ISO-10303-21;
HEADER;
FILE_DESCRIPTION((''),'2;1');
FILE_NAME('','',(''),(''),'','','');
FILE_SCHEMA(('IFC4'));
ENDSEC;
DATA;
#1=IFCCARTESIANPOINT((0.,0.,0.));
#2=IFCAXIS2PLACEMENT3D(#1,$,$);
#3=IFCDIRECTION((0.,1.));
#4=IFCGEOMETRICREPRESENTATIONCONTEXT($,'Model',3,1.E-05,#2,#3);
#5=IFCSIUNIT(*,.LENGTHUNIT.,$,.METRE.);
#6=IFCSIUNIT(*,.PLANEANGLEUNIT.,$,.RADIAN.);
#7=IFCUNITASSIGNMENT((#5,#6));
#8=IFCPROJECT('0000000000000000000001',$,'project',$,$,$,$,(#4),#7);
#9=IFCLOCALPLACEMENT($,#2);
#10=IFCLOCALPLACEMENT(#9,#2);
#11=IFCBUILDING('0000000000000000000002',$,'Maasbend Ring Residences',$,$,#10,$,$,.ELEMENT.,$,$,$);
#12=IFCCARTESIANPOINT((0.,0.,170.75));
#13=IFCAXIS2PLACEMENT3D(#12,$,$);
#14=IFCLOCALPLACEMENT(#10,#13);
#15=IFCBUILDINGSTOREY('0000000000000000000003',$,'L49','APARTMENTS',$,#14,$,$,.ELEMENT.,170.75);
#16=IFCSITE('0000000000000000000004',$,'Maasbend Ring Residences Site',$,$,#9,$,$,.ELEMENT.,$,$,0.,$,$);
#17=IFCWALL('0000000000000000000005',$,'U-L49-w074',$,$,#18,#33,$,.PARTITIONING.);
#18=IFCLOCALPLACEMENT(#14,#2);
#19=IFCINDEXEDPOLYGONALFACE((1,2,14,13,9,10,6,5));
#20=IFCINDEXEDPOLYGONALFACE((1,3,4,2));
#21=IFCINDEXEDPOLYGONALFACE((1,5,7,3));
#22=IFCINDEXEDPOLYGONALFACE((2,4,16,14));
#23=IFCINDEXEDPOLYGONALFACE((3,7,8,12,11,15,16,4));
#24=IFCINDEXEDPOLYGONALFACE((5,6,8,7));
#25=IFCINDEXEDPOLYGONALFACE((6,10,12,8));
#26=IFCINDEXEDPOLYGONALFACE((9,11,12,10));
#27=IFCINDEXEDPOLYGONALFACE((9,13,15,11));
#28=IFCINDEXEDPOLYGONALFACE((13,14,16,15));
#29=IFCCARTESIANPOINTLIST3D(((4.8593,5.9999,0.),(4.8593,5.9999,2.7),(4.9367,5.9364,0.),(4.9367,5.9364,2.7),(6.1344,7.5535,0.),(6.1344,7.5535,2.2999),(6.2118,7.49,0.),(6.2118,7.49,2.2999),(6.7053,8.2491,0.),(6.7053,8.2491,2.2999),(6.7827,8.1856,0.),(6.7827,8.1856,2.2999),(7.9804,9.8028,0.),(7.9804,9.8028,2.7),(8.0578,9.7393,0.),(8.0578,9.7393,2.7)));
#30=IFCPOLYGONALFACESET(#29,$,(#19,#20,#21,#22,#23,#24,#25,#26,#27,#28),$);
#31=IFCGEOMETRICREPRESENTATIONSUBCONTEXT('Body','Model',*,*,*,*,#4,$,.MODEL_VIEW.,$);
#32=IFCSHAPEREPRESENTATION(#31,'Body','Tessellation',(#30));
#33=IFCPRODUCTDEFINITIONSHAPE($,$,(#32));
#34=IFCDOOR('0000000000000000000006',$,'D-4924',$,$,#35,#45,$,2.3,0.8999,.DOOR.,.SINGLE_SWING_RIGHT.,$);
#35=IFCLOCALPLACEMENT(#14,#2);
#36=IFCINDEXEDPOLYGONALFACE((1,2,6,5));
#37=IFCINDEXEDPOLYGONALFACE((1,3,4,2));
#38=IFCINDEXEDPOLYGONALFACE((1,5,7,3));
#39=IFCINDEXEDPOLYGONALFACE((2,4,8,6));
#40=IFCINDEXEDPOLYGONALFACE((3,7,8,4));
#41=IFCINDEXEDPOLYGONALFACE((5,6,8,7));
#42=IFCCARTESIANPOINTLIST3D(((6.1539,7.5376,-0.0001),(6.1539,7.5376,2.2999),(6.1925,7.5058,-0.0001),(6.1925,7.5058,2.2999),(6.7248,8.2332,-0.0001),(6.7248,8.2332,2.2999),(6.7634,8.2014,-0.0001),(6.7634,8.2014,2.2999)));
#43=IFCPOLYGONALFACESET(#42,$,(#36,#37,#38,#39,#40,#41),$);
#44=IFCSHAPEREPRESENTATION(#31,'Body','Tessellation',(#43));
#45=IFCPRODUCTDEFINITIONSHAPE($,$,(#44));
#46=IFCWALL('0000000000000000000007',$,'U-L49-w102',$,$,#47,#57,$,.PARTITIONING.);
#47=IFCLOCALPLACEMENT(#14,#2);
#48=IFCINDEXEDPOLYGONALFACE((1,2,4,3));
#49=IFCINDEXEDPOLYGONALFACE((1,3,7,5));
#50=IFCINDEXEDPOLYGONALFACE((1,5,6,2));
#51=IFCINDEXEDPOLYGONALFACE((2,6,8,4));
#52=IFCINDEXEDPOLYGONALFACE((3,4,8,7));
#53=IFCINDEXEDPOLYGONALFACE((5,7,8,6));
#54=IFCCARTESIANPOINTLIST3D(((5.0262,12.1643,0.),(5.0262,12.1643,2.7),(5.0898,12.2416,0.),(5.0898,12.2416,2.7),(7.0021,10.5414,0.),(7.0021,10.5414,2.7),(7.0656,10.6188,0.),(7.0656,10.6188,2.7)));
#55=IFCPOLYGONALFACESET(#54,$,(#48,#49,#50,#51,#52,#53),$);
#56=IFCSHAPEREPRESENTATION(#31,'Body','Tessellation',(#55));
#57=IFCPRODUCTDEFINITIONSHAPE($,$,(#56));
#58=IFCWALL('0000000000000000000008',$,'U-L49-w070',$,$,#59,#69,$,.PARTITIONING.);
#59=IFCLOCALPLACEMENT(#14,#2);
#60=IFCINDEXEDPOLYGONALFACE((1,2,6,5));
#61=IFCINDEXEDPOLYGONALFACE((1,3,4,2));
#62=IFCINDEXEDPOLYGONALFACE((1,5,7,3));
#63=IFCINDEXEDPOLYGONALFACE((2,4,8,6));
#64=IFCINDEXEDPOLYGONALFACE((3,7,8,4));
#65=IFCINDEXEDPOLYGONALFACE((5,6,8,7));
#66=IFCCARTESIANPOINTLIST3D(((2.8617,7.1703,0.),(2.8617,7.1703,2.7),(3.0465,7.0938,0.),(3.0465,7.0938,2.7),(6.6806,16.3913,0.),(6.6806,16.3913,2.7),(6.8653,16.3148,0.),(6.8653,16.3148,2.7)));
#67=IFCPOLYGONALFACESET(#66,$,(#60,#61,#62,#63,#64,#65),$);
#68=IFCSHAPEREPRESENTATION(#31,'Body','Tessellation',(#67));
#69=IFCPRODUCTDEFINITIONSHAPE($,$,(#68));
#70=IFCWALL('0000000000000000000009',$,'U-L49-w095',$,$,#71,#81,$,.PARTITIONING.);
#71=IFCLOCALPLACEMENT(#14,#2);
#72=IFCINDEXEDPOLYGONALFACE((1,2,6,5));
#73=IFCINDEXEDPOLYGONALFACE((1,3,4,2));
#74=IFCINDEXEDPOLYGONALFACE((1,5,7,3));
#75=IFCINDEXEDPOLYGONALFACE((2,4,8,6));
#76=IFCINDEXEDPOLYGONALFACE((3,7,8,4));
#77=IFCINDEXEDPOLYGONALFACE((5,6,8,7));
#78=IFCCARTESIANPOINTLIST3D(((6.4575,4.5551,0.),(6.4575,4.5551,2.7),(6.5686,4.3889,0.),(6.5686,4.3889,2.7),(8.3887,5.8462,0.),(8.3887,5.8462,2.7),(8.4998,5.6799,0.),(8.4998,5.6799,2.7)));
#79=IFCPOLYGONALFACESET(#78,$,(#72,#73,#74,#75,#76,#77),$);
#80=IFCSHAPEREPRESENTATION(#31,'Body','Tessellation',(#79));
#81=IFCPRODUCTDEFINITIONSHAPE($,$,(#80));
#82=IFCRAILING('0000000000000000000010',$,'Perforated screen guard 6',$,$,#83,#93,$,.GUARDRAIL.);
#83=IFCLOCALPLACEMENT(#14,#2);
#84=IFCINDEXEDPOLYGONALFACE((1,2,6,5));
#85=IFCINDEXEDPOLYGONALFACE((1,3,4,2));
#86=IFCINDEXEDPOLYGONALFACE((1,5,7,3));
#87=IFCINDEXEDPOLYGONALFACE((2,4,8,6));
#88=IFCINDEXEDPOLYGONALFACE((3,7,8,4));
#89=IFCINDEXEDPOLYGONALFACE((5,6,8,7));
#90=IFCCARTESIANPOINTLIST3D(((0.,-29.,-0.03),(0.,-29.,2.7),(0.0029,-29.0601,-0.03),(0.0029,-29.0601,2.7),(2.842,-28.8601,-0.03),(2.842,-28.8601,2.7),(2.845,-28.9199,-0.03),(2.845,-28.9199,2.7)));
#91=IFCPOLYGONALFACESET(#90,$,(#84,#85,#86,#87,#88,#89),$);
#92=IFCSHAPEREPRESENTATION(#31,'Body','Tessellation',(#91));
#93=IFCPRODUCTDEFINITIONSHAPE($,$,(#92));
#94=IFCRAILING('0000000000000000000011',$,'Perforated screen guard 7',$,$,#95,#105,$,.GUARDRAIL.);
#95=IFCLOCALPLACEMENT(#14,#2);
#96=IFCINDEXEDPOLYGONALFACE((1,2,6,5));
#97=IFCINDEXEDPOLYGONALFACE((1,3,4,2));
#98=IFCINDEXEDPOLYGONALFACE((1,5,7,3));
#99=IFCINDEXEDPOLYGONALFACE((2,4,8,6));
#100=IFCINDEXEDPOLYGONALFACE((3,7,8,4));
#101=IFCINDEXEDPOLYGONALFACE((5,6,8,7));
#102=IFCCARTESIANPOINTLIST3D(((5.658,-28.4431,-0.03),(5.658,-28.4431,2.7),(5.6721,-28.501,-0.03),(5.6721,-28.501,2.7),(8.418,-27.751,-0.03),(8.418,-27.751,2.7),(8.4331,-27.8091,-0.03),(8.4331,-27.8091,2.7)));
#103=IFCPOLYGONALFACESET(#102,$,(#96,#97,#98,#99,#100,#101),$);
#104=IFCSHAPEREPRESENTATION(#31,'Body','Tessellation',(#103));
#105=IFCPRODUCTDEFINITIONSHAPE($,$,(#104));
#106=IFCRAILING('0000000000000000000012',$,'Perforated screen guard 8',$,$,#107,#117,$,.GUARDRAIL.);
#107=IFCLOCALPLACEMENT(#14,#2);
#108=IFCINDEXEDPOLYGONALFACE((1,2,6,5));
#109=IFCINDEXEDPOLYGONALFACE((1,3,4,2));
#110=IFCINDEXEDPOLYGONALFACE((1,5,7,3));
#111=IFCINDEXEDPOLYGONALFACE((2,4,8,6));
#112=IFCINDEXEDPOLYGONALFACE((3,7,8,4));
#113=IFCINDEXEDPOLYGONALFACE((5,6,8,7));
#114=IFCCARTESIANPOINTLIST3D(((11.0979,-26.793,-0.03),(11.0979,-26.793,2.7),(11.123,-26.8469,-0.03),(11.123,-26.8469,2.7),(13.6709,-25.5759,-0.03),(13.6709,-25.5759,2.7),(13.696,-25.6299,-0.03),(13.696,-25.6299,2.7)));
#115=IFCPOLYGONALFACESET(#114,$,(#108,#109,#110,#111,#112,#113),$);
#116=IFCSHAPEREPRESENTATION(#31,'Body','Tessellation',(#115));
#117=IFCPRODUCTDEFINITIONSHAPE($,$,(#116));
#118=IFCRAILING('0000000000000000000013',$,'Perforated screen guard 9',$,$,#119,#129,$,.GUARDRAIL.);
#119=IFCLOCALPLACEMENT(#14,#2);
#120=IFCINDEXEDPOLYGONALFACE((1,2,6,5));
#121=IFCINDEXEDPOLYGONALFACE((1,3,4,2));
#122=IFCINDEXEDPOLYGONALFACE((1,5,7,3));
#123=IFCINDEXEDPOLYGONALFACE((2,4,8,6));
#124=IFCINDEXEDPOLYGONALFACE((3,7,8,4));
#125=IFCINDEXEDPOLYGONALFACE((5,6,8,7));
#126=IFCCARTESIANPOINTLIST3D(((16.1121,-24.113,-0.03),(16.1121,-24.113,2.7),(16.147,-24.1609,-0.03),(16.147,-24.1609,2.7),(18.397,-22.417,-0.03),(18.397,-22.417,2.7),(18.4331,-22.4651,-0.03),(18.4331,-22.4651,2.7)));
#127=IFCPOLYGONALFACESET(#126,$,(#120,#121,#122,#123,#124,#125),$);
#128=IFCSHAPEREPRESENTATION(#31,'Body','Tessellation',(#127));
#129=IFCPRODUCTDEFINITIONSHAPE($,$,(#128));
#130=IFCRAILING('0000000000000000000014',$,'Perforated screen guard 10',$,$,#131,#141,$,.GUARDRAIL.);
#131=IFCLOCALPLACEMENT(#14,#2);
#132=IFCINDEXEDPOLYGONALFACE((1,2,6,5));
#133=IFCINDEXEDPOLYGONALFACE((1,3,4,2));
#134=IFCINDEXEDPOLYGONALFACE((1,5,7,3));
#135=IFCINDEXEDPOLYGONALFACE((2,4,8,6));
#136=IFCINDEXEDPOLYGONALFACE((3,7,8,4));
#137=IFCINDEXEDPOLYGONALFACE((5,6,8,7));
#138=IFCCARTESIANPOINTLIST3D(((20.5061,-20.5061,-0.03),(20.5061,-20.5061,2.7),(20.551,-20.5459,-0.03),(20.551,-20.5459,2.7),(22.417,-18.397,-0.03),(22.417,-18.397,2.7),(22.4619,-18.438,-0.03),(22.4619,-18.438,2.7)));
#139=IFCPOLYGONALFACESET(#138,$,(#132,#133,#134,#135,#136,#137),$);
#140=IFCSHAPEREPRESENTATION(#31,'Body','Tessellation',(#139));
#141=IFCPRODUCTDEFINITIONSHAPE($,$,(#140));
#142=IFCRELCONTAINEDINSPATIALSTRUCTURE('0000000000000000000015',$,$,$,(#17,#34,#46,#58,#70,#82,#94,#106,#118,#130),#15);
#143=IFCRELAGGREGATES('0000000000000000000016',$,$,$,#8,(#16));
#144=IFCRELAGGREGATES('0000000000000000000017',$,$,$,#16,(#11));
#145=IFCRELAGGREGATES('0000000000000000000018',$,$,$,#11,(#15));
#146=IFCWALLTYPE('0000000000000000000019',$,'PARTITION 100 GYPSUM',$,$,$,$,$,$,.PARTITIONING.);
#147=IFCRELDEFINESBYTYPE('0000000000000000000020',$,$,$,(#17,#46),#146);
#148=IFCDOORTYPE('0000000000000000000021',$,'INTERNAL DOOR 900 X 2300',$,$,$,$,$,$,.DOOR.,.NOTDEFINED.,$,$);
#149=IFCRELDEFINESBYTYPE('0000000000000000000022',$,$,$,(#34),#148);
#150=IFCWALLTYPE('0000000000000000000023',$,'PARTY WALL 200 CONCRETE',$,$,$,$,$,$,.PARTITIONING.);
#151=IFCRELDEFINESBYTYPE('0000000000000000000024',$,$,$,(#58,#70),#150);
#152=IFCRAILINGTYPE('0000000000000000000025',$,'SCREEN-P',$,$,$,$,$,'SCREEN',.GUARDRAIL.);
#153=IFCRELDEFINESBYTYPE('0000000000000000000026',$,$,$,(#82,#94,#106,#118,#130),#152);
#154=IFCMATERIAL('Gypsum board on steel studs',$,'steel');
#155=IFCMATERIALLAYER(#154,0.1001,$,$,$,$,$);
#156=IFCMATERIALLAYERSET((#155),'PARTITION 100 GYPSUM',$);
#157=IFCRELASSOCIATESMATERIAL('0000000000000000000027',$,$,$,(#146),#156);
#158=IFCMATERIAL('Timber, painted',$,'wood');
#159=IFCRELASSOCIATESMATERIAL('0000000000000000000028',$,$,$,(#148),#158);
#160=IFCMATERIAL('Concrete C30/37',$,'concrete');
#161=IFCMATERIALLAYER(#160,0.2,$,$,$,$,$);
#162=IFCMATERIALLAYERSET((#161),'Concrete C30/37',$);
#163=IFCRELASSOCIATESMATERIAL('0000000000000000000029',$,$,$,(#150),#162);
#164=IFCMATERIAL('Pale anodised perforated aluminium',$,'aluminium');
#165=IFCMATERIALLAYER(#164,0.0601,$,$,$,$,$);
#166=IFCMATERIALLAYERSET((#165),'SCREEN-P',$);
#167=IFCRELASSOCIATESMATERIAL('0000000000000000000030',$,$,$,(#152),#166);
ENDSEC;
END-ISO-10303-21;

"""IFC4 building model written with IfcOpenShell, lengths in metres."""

from ifc_helpers import new_model, si_unit, direction, frame, frame_2d, origin, place, context, subcontext, project, spatial, polyline, rectangle, outline, extrude, material, layer, layer_set, type_object, element, fill, save


model = new_model("IFC4")

# Units and contexts
model_context = context("Model", 3, precision=1e-05, world=origin(), true_north=direction((0.0, 1.0)))
body_context = subcontext(model_context, "Body", "Model", "MODEL_VIEW")
ifc_project = project(units=[si_unit("LENGTHUNIT", "METRE"), si_unit("PLANEANGLEUNIT", "RADIAN")], contexts=[model_context])

# Site, building, storey
site_placement = place(None, origin())
site = spatial("IfcSite", under=ifc_project, at=site_placement, Name="Maasbend Ring Residences Site", CompositionType="ELEMENT", RefElevation=0.0)
building_placement = place(site_placement, origin())
building = spatial("IfcBuilding", under=site, at=building_placement, Name="Maasbend Ring Residences", CompositionType="ELEMENT")
storey_placement = place(building_placement, frame((0.0, 0.0, 170.75)))
storey = spatial("IfcBuildingStorey", under=building, at=storey_placement, Name="L49", Description="APARTMENTS", CompositionType="ELEMENT", Elevation=170.75)

# Shared definitions
ifc_material_1 = material(Name="Gypsum board on steel studs", Category="steel")
ifc_layer_1 = layer(ifc_material_1, 0.1001)
ifc_layer_set_1 = layer_set([ifc_layer_1], Name="PARTITION 100 GYPSUM")
wall_type_1 = type_object("IfcWallType", Name="PARTITION 100 GYPSUM", PredefinedType="PARTITIONING", material=ifc_layer_set_1)
ifc_material_2 = material(Name="Timber, painted", Category="wood")
door_type = type_object("IfcDoorType", Name="INTERNAL DOOR 900 X 2300", OperationType="NOTDEFINED", PredefinedType="DOOR", material=ifc_material_2)

# Wall, opening, door
wall_1_placement = place(storey_placement, frame((4.8979, 5.968, 0.0), z_axis=(0.0, 0.0, 1.0), x_axis=(0.634402, 0.773003, 0.0)))
wall_1 = element("IfcWall", 1, at=wall_1_placement, inside=storey, type_object=wall_type_1, Name="U-L49-w074", PredefinedType="PARTITIONING", context=body_context, shape_type="SweptSolid", body=[
    extrude(rectangle(XDim=4.9197, YDim=0.1001, at=frame_2d((2.46, 0.0))), origin(), (0.0, 0.0, 1.0), 2.7),
])
opening_1_placement = place(wall_1_placement, frame((2.01, 0.0, 0.0)))
opening_1 = element("IfcOpeningElement", 2, at=opening_1_placement, cuts=wall_1, PredefinedType="OPENING", context=body_context, shape_type="SweptSolid", body=[
    extrude(rectangle(XDim=0.8999, YDim=2.3, at=frame_2d((0.45, 1.1499))), frame((0.0, 0.0601, 0.0), z_axis=(0.0, -1.0, 0.0), x_axis=(1.0, 0.0, 0.0)), (0.0, 0.0, 1.0), 0.1201),
])
door_1_placement = place(opening_1_placement, origin())
door_1 = element("IfcDoor", 3, at=door_1_placement, inside=storey, type_object=door_type, Name="D-4924", OperationType="SINGLE_SWING_RIGHT", OverallHeight=2.3, OverallWidth=0.8999, PredefinedType="DOOR", context=body_context, shape_type="SweptSolid", body=[
    extrude(rectangle(XDim=0.8999, YDim=2.3, at=frame_2d((0.45, 1.1499))), frame((0.0, 0.0249, 0.0), z_axis=(0.0, -1.0, 0.0), x_axis=(1.0, 0.0, 0.0)), (0.0, 0.0, 1.0), 0.05),
])
fill(opening_1, door_1)

# Walls
wall_2_placement = place(storey_placement, frame((5.0581, 12.2029, 0.0), z_axis=(0.0, 0.0, 1.0), x_axis=(0.772765, -0.634693, 0.0)))
element("IfcWall", 4, at=wall_2_placement, inside=storey, type_object=wall_type_1, Name="U-L49-w102", PredefinedType="PARTITIONING", context=body_context, shape_type="SweptSolid", body=[
    extrude(rectangle(XDim=2.5569, YDim=0.1001, at=frame_2d((1.2783, 0.0))), origin(), (0.0, 0.0, 1.0), 2.7),
])
ifc_material_3 = material(Name="Concrete C30/37", Category="concrete")
ifc_layer_2 = layer(ifc_material_3, 0.2)
ifc_layer_set_2 = layer_set([ifc_layer_2], Name="Concrete C30/37")
wall_type_2 = type_object("IfcWallType", Name="PARTY WALL 200 CONCRETE", PredefinedType="PARTITIONING", material=ifc_layer_set_2)
wall_3_placement = place(storey_placement, frame((2.9541, 7.1321, 0.0), z_axis=(0.0, 0.0, 1.0), x_axis=(0.382633, 0.923901, 0.0)))
element("IfcWall", 5, at=wall_3_placement, inside=storey, type_object=wall_type_2, Name="U-L49-w070", PredefinedType="PARTITIONING", context=body_context, shape_type="SweptSolid", body=[
    extrude(rectangle(XDim=9.9805, YDim=0.2, at=frame_2d((4.9902, 0.0))), origin(), (0.0, 0.0, 1.0), 2.7),
])
wall_4_placement = place(storey_placement, frame((6.5129, 4.4719, 0.0), z_axis=(0.0, 0.0, 1.0), x_axis=(0.831338, 0.555767, 0.0)))
element("IfcWall", 6, at=wall_4_placement, inside=storey, type_object=wall_type_2, Name="U-L49-w095", PredefinedType="PARTITIONING", context=body_context, shape_type="SweptSolid", body=[
    extrude(rectangle(XDim=2.323, YDim=0.2, at=frame_2d((1.1616, 0.0))), origin(), (0.0, 0.0, 1.0), 2.7),
])

# Railings
ifc_material_4 = material(Name="Pale anodised perforated aluminium", Category="aluminium")
ifc_layer_3 = layer(ifc_material_4, 0.0601)
ifc_layer_set_3 = layer_set([ifc_layer_3], Name="SCREEN-P")
railing_type = type_object("IfcRailingType", Name="SCREEN-P", ElementType="SCREEN", PredefinedType="GUARDRAIL", material=ifc_layer_set_3)
railing_1_placement = place(storey_placement, frame((0.0, 0.0, -0.03)))
element("IfcRailing", 7, at=railing_1_placement, inside=storey, type_object=railing_type, Name="Perforated screen guard 6", PredefinedType="GUARDRAIL", context=body_context, shape_type="SweptSolid", body=[
    extrude(outline(polyline([(0.0, -29.0), (2.842, -28.8601), (2.845, -28.9199), (0.0029, -29.0601), (0.0, -29.0)])), origin(), (0.0, 0.0, 1.0), 2.73),
])
railing_2_placement = place(storey_placement, frame((0.0, 0.0, -0.03)))
element("IfcRailing", 8, at=railing_2_placement, inside=storey, type_object=railing_type, Name="Perforated screen guard 7", PredefinedType="GUARDRAIL", context=body_context, shape_type="SweptSolid", body=[
    extrude(outline(polyline([(5.658, -28.4431), (8.418, -27.751), (8.4331, -27.8091), (5.6721, -28.501), (5.658, -28.4431)])), origin(), (0.0, 0.0, 1.0), 2.73),
])
railing_3_placement = place(storey_placement, frame((0.0, 0.0, -0.03)))
element("IfcRailing", 9, at=railing_3_placement, inside=storey, type_object=railing_type, Name="Perforated screen guard 8", PredefinedType="GUARDRAIL", context=body_context, shape_type="SweptSolid", body=[
    extrude(outline(polyline([(11.0979, -26.793), (13.6709, -25.5759), (13.696, -25.6299), (11.123, -26.8469), (11.0979, -26.793)])), origin(), (0.0, 0.0, 1.0), 2.73),
])
railing_4_placement = place(storey_placement, frame((0.0, 0.0, -0.03)))
element("IfcRailing", 10, at=railing_4_placement, inside=storey, type_object=railing_type, Name="Perforated screen guard 9", PredefinedType="GUARDRAIL", context=body_context, shape_type="SweptSolid", body=[
    extrude(outline(polyline([(16.1121, -24.113), (18.397, -22.417), (18.4331, -22.4651), (16.147, -24.1609), (16.1121, -24.113)])), origin(), (0.0, 0.0, 1.0), 2.73),
])
railing_5_placement = place(storey_placement, frame((0.0, 0.0, -0.03)))
element("IfcRailing", 11, at=railing_5_placement, inside=storey, type_object=railing_type, Name="Perforated screen guard 10", PredefinedType="GUARDRAIL", context=body_context, shape_type="SweptSolid", body=[
    extrude(outline(polyline([(20.5061, -20.5061), (22.417, -18.397), (22.4619, -18.438), (20.551, -20.5459), (20.5061, -20.5061)])), origin(), (0.0, 0.0, 1.0), 2.73),
])

save(model, "model.ifc")
